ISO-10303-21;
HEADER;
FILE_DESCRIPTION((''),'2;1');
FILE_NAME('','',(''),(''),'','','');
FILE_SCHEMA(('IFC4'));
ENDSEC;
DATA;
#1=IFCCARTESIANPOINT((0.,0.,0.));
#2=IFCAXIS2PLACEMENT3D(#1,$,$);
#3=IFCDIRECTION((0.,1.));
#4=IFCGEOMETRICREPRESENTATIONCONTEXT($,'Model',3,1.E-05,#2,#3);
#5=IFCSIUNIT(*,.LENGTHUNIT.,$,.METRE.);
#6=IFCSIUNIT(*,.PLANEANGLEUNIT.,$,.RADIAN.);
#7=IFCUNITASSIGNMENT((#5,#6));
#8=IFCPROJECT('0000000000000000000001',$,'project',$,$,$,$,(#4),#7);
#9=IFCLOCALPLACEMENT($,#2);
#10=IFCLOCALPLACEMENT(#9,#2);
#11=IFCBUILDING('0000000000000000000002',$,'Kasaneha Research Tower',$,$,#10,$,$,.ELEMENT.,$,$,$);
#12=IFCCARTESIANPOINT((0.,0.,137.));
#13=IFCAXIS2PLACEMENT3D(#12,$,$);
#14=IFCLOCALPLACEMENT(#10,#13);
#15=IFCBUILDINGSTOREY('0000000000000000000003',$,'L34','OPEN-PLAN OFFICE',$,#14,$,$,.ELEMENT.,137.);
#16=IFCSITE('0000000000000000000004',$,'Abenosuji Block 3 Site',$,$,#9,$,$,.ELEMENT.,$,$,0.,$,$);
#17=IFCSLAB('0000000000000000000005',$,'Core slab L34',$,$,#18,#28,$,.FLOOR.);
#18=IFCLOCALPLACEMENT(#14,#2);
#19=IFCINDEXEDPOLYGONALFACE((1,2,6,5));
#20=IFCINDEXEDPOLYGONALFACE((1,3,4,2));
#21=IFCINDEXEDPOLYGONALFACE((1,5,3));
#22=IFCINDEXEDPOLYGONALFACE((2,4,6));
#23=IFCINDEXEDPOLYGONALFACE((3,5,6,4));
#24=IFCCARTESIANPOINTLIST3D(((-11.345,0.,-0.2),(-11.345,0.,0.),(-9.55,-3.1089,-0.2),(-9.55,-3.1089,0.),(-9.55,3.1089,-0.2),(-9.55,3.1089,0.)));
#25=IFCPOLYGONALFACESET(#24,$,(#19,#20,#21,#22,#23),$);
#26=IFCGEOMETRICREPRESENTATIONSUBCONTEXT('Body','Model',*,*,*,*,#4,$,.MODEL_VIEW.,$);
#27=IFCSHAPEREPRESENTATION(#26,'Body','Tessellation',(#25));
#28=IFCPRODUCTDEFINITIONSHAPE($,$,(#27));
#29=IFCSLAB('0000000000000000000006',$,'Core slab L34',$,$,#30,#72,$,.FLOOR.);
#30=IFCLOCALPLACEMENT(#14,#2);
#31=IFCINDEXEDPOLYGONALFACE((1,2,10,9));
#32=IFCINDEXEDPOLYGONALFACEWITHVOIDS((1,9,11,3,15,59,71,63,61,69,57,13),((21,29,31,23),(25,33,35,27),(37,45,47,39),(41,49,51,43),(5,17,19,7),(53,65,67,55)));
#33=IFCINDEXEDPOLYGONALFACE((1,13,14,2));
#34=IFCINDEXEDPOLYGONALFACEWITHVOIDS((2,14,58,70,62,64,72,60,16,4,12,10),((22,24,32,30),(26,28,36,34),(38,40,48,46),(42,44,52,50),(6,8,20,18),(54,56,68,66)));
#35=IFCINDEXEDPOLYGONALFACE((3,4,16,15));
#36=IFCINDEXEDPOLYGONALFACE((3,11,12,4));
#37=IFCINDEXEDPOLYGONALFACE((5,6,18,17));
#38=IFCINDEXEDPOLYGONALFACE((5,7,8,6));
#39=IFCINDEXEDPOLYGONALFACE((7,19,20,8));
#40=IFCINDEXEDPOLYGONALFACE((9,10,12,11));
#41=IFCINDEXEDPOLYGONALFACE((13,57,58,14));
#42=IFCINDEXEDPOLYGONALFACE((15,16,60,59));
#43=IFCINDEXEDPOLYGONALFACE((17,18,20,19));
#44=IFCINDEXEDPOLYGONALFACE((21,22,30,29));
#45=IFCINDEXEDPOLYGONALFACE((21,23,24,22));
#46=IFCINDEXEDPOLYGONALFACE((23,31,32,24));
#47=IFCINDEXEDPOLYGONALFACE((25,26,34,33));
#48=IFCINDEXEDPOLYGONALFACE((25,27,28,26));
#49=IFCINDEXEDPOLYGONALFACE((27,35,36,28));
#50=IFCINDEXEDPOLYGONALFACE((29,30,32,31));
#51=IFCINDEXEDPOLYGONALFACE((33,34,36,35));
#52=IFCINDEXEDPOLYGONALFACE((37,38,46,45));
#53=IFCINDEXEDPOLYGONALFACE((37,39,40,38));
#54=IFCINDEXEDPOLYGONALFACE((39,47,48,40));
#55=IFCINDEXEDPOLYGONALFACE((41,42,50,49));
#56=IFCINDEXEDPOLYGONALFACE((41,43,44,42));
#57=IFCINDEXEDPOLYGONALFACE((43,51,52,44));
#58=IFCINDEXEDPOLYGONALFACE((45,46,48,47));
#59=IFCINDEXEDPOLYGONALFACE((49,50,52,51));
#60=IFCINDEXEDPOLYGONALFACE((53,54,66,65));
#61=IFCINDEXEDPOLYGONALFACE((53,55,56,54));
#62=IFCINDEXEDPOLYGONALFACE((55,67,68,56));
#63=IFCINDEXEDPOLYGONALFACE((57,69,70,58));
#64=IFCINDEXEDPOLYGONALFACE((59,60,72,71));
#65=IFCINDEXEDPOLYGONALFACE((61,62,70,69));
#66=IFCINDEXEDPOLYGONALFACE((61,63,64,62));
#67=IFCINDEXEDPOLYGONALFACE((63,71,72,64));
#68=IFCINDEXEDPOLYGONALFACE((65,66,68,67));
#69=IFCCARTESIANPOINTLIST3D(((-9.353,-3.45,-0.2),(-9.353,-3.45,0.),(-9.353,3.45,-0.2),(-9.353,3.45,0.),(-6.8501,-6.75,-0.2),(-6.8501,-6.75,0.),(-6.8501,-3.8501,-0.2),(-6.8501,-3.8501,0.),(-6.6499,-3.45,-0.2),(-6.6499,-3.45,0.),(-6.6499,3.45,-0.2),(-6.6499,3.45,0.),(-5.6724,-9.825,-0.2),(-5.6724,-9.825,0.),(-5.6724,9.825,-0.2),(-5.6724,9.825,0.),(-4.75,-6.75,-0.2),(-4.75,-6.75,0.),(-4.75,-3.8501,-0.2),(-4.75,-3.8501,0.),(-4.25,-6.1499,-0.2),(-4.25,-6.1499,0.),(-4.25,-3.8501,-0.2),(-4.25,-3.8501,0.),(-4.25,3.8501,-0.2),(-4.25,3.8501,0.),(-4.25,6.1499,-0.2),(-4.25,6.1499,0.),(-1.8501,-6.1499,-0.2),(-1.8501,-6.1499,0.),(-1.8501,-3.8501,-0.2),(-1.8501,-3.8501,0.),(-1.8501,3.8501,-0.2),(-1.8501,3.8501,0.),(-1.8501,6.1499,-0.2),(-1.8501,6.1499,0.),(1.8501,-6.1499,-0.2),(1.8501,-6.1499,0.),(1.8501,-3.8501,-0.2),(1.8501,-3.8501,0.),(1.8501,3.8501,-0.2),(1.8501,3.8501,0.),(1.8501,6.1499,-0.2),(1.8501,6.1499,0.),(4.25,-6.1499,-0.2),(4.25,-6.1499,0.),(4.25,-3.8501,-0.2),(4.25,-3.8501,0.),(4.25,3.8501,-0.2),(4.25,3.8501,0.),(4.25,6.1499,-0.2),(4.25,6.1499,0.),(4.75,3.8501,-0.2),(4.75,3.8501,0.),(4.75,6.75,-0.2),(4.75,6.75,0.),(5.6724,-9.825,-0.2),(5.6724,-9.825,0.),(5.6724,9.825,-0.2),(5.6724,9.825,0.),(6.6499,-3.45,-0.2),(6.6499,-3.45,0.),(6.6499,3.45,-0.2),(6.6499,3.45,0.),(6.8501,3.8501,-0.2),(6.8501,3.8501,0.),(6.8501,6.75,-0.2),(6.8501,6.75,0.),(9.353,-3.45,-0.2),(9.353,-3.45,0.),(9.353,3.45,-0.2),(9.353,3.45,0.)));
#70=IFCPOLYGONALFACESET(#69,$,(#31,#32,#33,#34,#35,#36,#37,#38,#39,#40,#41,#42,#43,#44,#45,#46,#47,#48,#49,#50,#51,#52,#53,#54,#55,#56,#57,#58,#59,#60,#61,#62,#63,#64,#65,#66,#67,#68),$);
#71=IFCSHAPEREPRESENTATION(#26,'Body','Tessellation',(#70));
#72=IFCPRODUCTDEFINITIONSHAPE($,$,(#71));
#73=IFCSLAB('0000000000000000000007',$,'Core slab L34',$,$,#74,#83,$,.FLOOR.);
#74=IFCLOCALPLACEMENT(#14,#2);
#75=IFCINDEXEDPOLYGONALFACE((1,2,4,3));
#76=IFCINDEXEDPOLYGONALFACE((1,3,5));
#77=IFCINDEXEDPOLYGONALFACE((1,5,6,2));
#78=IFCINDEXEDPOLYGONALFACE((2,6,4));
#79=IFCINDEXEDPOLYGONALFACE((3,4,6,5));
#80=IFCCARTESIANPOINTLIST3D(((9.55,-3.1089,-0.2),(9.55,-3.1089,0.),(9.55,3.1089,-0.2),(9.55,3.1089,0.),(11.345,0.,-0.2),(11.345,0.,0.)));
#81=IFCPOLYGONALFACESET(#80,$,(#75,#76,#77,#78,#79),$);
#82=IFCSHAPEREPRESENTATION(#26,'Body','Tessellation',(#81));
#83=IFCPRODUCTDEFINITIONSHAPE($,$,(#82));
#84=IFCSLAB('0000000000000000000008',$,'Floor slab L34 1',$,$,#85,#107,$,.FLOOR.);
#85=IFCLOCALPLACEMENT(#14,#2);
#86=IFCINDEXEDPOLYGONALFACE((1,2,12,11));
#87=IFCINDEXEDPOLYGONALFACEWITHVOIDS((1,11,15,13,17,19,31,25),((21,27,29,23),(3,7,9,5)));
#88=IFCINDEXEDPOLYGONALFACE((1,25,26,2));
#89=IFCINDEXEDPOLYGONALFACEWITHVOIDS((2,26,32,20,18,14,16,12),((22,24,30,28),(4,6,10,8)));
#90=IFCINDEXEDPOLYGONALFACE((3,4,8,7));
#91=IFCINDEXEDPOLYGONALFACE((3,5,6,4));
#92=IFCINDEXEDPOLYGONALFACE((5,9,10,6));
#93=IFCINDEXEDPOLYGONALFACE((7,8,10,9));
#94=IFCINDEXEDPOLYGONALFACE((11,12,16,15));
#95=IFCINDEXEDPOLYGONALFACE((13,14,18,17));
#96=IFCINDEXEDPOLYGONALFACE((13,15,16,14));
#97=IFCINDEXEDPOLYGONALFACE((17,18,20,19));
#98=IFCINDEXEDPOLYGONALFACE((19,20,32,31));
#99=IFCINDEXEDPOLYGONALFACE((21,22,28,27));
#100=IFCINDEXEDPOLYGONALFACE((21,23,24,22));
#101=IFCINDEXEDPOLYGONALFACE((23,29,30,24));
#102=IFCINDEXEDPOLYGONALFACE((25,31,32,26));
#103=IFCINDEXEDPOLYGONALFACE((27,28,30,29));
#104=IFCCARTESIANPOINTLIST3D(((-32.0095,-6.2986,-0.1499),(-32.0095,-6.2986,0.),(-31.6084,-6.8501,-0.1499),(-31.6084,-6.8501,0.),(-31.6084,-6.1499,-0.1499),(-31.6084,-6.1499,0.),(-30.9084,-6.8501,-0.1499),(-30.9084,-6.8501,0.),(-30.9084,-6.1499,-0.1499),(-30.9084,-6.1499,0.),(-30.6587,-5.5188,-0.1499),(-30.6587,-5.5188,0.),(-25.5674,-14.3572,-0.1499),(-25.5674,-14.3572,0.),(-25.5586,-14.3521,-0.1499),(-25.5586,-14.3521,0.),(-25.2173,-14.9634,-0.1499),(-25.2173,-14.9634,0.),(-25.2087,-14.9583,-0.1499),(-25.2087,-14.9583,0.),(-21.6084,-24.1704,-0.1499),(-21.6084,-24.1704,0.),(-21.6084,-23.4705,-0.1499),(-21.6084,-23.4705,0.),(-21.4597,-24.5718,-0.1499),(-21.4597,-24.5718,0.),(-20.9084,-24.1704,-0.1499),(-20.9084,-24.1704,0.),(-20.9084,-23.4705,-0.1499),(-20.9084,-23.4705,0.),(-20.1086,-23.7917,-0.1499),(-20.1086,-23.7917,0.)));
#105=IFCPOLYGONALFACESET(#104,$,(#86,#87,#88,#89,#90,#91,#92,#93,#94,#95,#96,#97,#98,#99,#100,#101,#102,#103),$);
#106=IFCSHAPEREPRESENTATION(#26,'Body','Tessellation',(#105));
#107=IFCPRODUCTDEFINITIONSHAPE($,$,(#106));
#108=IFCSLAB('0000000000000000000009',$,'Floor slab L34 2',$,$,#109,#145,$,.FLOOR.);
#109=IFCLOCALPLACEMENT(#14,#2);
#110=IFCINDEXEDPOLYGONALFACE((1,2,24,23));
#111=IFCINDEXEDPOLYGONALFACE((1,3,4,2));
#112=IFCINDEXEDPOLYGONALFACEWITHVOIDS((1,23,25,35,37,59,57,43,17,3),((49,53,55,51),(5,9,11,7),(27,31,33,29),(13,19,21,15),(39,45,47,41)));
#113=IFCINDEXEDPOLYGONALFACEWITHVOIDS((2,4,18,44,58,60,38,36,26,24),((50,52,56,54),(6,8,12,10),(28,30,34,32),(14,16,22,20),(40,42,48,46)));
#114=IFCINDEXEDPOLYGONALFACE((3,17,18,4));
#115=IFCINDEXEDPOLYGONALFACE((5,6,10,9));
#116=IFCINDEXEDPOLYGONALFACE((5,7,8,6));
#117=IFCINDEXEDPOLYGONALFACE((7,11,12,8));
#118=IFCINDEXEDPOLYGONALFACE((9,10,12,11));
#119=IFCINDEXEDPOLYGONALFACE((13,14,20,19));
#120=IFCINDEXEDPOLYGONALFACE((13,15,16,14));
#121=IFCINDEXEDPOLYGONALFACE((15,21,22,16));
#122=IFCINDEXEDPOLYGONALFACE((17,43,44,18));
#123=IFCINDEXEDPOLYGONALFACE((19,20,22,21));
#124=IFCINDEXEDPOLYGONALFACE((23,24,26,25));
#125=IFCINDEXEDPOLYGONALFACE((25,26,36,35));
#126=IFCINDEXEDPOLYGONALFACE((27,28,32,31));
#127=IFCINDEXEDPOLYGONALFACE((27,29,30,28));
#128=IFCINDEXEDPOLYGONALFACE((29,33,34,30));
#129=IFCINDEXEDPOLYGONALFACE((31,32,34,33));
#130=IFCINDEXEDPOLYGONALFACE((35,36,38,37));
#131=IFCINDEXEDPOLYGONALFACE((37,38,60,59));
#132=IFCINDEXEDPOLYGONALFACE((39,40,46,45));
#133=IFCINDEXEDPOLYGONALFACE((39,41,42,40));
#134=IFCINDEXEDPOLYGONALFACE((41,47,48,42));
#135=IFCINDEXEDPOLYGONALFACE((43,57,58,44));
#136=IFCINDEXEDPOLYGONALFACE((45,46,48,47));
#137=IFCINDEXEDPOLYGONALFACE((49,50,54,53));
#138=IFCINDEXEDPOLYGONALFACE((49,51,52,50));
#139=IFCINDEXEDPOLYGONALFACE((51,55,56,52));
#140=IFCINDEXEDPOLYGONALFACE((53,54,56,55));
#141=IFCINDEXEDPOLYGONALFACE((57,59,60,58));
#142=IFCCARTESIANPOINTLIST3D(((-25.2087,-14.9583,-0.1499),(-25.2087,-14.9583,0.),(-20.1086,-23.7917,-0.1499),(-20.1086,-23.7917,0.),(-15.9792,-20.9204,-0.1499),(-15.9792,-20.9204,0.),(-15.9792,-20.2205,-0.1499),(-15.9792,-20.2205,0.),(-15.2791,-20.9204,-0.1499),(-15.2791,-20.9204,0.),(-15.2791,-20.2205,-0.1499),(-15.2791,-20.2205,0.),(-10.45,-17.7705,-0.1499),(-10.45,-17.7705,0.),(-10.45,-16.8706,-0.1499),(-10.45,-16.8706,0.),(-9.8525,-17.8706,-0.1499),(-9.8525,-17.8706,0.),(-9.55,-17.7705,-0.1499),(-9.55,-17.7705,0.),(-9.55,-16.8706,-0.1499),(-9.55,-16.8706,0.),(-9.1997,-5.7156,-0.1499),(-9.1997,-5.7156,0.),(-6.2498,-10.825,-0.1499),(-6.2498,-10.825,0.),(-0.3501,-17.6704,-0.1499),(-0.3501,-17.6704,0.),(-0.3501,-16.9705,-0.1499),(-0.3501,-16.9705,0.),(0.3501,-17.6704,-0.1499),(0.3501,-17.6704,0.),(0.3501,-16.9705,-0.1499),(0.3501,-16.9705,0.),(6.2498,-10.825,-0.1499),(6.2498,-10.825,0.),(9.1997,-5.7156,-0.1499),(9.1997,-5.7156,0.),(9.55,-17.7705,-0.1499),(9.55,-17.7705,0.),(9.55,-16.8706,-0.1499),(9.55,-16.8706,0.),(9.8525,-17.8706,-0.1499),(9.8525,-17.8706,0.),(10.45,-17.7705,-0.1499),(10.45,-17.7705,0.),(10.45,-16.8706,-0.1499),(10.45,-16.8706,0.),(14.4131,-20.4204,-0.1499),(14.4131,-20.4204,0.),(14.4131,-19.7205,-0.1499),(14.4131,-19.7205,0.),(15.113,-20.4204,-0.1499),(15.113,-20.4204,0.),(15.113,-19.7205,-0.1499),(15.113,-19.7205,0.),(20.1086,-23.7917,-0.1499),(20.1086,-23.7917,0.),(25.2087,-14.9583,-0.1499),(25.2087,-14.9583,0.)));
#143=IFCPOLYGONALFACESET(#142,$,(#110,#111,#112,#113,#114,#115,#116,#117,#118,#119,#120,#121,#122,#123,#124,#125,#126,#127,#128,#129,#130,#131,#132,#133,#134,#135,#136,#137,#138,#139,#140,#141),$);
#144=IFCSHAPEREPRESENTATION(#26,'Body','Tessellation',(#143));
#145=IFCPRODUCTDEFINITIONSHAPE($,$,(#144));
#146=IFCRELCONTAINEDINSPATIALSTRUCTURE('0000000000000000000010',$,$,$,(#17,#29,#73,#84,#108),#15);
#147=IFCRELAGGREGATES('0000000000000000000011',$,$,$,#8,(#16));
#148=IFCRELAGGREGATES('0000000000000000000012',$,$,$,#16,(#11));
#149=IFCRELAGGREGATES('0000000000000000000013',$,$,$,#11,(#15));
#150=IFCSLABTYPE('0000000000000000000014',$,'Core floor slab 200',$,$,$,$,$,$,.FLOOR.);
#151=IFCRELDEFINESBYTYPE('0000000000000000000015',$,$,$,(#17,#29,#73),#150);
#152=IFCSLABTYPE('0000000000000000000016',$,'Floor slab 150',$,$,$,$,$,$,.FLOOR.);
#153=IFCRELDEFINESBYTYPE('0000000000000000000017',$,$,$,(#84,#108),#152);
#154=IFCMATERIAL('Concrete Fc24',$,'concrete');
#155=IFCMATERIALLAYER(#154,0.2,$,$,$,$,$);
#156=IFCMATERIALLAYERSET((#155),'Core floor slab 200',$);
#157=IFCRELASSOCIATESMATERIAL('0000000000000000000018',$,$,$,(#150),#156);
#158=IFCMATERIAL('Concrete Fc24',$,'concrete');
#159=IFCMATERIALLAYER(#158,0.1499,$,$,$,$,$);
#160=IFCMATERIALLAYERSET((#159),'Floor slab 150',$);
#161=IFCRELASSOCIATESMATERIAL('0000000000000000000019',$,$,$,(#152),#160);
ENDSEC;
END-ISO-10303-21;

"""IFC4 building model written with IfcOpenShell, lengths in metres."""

from ifc_helpers import new_model, si_unit, direction, frame, origin, place, context, subcontext, project, spatial, polyline, outline, extrude, material, layer, layer_set, type_object, element, save


model = new_model("IFC4")

# Units and contexts
model_context = context("Model", 3, precision=1e-05, world=origin(), true_north=direction((0.0, 1.0)))
body_context = subcontext(model_context, "Body", "Model", "MODEL_VIEW")
ifc_project = project(units=[si_unit("LENGTHUNIT", "METRE"), si_unit("PLANEANGLEUNIT", "RADIAN")], contexts=[model_context])

# Site, building, storey
site_placement = place(None, origin())
site = spatial("IfcSite", under=ifc_project, at=site_placement, Name="Abenosuji Block 3 Site", CompositionType="ELEMENT", RefElevation=0.0)
building_placement = place(site_placement, origin())
building = spatial("IfcBuilding", under=site, at=building_placement, Name="Kasaneha Research Tower", CompositionType="ELEMENT")
storey_placement = place(building_placement, frame((0.0, 0.0, 137.0)))
storey = spatial("IfcBuildingStorey", under=building, at=storey_placement, Name="L34", Description="OPEN-PLAN OFFICE", CompositionType="ELEMENT", Elevation=137.0)

# Slabs
ifc_material_1 = material(Name="Concrete Fc24", Category="concrete")
ifc_layer_1 = layer(ifc_material_1, 0.2)
ifc_layer_set_1 = layer_set([ifc_layer_1], Name="Core floor slab 200")
slab_type_1 = type_object("IfcSlabType", Name="Core floor slab 200", PredefinedType="FLOOR", material=ifc_layer_set_1)
slab_1_placement = place(storey_placement, frame((0.0, 0.0, -0.2)))
element("IfcSlab", 1, at=slab_1_placement, inside=storey, type_object=slab_type_1, Name="Core slab L34", PredefinedType="FLOOR", context=body_context, shape_type="SweptSolid", body=[
    extrude(outline(polyline([(-11.345, 0.0), (-9.55, 3.1089), (-9.55, -3.1089), (-11.345, 0.0)])), origin(), (0.0, 0.0, 1.0), 0.2),
])
slab_2_placement = place(storey_placement, frame((0.0, 0.0, -0.2)))
element("IfcSlab", 2, at=slab_2_placement, inside=storey, type_object=slab_type_1, Name="Core slab L34", PredefinedType="FLOOR", context=body_context, shape_type="SweptSolid", body=[
    extrude(outline(polyline([(-5.6724, 9.825), (5.6724, 9.825), (9.353, 3.45), (6.6499, 3.45), (6.6499, -3.45), (9.353, -3.45), (5.6724, -9.825), (-5.6724, -9.825), (-9.353, -3.45), (-6.6499, -3.45), (-6.6499, 3.45), (-9.353, 3.45), (-5.6724, 9.825)]), holes=[polyline([(-6.8501, -3.8501), (-6.8501, -6.75), (-4.75, -6.75), (-4.75, -3.8501), (-6.8501, -3.8501)]), polyline([(-4.25, -3.8501), (-4.25, -6.1499), (-1.8501, -6.1499), (-1.8501, -3.8501), (-4.25, -3.8501)]), polyline([(1.8501, -3.8501), (1.8501, -6.1499), (4.25, -6.1499), (4.25, -3.8501), (1.8501, -3.8501)]), polyline([(-4.25, 6.1499), (-4.25, 3.8501), (-1.8501, 3.8501), (-1.8501, 6.1499), (-4.25, 6.1499)]), polyline([(1.8501, 6.1499), (1.8501, 3.8501), (4.25, 3.8501), (4.25, 6.1499), (1.8501, 6.1499)]), polyline([(4.75, 6.75), (4.75, 3.8501), (6.8501, 3.8501), (6.8501, 6.75), (4.75, 6.75)])]), origin(), (0.0, 0.0, 1.0), 0.2),
])
slab_3_placement = place(storey_placement, frame((0.0, 0.0, -0.2)))
element("IfcSlab", 3, at=slab_3_placement, inside=storey, type_object=slab_type_1, Name="Core slab L34", PredefinedType="FLOOR", context=body_context, shape_type="SweptSolid", body=[
    extrude(outline(polyline([(11.345, 0.0), (9.55, -3.1089), (9.55, 3.1089), (11.345, 0.0)])), origin(), (0.0, 0.0, 1.0), 0.2),
])
ifc_material_2 = material(Name="Concrete Fc24", Category="concrete")
ifc_layer_2 = layer(ifc_material_2, 0.1499)
ifc_layer_set_2 = layer_set([ifc_layer_2], Name="Floor slab 150")
slab_type_2 = type_object("IfcSlabType", Name="Floor slab 150", PredefinedType="FLOOR", material=ifc_layer_set_2)
slab_4_placement = place(storey_placement, frame((0.0, 0.0, -0.1499)))
element("IfcSlab", 4, at=slab_4_placement, inside=storey, type_object=slab_type_2, Name="Floor slab L34 1", PredefinedType="FLOOR", context=body_context, shape_type="SweptSolid", body=[
    extrude(outline(polyline([(-25.5586, -14.3521), (-25.5674, -14.3572), (-25.2173, -14.9634), (-25.2087, -14.9583), (-20.1086, -23.7917), (-21.4597, -24.5718), (-32.0095, -6.2986), (-30.6587, -5.5188), (-25.5586, -14.3521)]), holes=[polyline([(-21.6084, -24.1704), (-20.9084, -24.1704), (-20.9084, -23.4705), (-21.6084, -23.4705), (-21.6084, -24.1704)]), polyline([(-31.6084, -6.8501), (-30.9084, -6.8501), (-30.9084, -6.1499), (-31.6084, -6.1499), (-31.6084, -6.8501)])]), origin(), (0.0, 0.0, 1.0), 0.1499),
])
slab_5_placement = place(storey_placement, frame((0.0, 0.0, -0.1499)))
element("IfcSlab", 5, at=slab_5_placement, inside=storey, type_object=slab_type_2, Name="Floor slab L34 2", PredefinedType="FLOOR", context=body_context, shape_type="SweptSolid", body=[
    extrude(outline(polyline([(9.8525, -17.8706), (-9.8525, -17.8706), (-20.1086, -23.7917), (-25.2087, -14.9583), (-9.1997, -5.7156), (-6.2498, -10.825), (6.2498, -10.825), (9.1997, -5.7156), (25.2087, -14.9583), (20.1086, -23.7917), (9.8525, -17.8706)]), holes=[polyline([(-15.9792, -20.9204), (-15.2791, -20.9204), (-15.2791, -20.2205), (-15.9792, -20.2205), (-15.9792, -20.9204)]), polyline([(-0.3501, -17.6704), (0.3501, -17.6704), (0.3501, -16.9705), (-0.3501, -16.9705), (-0.3501, -17.6704)]), polyline([(-10.45, -16.8706), (-10.45, -17.7705), (-9.55, -17.7705), (-9.55, -16.8706), (-10.45, -16.8706)]), polyline([(14.4131, -20.4204), (15.113, -20.4204), (15.113, -19.7205), (14.4131, -19.7205), (14.4131, -20.4204)]), polyline([(9.55, -16.8706), (9.55, -17.7705), (10.45, -17.7705), (10.45, -16.8706), (9.55, -16.8706)])]), origin(), (0.0, 0.0, 1.0), 0.1499),
])

save(model, "model.ifc")
